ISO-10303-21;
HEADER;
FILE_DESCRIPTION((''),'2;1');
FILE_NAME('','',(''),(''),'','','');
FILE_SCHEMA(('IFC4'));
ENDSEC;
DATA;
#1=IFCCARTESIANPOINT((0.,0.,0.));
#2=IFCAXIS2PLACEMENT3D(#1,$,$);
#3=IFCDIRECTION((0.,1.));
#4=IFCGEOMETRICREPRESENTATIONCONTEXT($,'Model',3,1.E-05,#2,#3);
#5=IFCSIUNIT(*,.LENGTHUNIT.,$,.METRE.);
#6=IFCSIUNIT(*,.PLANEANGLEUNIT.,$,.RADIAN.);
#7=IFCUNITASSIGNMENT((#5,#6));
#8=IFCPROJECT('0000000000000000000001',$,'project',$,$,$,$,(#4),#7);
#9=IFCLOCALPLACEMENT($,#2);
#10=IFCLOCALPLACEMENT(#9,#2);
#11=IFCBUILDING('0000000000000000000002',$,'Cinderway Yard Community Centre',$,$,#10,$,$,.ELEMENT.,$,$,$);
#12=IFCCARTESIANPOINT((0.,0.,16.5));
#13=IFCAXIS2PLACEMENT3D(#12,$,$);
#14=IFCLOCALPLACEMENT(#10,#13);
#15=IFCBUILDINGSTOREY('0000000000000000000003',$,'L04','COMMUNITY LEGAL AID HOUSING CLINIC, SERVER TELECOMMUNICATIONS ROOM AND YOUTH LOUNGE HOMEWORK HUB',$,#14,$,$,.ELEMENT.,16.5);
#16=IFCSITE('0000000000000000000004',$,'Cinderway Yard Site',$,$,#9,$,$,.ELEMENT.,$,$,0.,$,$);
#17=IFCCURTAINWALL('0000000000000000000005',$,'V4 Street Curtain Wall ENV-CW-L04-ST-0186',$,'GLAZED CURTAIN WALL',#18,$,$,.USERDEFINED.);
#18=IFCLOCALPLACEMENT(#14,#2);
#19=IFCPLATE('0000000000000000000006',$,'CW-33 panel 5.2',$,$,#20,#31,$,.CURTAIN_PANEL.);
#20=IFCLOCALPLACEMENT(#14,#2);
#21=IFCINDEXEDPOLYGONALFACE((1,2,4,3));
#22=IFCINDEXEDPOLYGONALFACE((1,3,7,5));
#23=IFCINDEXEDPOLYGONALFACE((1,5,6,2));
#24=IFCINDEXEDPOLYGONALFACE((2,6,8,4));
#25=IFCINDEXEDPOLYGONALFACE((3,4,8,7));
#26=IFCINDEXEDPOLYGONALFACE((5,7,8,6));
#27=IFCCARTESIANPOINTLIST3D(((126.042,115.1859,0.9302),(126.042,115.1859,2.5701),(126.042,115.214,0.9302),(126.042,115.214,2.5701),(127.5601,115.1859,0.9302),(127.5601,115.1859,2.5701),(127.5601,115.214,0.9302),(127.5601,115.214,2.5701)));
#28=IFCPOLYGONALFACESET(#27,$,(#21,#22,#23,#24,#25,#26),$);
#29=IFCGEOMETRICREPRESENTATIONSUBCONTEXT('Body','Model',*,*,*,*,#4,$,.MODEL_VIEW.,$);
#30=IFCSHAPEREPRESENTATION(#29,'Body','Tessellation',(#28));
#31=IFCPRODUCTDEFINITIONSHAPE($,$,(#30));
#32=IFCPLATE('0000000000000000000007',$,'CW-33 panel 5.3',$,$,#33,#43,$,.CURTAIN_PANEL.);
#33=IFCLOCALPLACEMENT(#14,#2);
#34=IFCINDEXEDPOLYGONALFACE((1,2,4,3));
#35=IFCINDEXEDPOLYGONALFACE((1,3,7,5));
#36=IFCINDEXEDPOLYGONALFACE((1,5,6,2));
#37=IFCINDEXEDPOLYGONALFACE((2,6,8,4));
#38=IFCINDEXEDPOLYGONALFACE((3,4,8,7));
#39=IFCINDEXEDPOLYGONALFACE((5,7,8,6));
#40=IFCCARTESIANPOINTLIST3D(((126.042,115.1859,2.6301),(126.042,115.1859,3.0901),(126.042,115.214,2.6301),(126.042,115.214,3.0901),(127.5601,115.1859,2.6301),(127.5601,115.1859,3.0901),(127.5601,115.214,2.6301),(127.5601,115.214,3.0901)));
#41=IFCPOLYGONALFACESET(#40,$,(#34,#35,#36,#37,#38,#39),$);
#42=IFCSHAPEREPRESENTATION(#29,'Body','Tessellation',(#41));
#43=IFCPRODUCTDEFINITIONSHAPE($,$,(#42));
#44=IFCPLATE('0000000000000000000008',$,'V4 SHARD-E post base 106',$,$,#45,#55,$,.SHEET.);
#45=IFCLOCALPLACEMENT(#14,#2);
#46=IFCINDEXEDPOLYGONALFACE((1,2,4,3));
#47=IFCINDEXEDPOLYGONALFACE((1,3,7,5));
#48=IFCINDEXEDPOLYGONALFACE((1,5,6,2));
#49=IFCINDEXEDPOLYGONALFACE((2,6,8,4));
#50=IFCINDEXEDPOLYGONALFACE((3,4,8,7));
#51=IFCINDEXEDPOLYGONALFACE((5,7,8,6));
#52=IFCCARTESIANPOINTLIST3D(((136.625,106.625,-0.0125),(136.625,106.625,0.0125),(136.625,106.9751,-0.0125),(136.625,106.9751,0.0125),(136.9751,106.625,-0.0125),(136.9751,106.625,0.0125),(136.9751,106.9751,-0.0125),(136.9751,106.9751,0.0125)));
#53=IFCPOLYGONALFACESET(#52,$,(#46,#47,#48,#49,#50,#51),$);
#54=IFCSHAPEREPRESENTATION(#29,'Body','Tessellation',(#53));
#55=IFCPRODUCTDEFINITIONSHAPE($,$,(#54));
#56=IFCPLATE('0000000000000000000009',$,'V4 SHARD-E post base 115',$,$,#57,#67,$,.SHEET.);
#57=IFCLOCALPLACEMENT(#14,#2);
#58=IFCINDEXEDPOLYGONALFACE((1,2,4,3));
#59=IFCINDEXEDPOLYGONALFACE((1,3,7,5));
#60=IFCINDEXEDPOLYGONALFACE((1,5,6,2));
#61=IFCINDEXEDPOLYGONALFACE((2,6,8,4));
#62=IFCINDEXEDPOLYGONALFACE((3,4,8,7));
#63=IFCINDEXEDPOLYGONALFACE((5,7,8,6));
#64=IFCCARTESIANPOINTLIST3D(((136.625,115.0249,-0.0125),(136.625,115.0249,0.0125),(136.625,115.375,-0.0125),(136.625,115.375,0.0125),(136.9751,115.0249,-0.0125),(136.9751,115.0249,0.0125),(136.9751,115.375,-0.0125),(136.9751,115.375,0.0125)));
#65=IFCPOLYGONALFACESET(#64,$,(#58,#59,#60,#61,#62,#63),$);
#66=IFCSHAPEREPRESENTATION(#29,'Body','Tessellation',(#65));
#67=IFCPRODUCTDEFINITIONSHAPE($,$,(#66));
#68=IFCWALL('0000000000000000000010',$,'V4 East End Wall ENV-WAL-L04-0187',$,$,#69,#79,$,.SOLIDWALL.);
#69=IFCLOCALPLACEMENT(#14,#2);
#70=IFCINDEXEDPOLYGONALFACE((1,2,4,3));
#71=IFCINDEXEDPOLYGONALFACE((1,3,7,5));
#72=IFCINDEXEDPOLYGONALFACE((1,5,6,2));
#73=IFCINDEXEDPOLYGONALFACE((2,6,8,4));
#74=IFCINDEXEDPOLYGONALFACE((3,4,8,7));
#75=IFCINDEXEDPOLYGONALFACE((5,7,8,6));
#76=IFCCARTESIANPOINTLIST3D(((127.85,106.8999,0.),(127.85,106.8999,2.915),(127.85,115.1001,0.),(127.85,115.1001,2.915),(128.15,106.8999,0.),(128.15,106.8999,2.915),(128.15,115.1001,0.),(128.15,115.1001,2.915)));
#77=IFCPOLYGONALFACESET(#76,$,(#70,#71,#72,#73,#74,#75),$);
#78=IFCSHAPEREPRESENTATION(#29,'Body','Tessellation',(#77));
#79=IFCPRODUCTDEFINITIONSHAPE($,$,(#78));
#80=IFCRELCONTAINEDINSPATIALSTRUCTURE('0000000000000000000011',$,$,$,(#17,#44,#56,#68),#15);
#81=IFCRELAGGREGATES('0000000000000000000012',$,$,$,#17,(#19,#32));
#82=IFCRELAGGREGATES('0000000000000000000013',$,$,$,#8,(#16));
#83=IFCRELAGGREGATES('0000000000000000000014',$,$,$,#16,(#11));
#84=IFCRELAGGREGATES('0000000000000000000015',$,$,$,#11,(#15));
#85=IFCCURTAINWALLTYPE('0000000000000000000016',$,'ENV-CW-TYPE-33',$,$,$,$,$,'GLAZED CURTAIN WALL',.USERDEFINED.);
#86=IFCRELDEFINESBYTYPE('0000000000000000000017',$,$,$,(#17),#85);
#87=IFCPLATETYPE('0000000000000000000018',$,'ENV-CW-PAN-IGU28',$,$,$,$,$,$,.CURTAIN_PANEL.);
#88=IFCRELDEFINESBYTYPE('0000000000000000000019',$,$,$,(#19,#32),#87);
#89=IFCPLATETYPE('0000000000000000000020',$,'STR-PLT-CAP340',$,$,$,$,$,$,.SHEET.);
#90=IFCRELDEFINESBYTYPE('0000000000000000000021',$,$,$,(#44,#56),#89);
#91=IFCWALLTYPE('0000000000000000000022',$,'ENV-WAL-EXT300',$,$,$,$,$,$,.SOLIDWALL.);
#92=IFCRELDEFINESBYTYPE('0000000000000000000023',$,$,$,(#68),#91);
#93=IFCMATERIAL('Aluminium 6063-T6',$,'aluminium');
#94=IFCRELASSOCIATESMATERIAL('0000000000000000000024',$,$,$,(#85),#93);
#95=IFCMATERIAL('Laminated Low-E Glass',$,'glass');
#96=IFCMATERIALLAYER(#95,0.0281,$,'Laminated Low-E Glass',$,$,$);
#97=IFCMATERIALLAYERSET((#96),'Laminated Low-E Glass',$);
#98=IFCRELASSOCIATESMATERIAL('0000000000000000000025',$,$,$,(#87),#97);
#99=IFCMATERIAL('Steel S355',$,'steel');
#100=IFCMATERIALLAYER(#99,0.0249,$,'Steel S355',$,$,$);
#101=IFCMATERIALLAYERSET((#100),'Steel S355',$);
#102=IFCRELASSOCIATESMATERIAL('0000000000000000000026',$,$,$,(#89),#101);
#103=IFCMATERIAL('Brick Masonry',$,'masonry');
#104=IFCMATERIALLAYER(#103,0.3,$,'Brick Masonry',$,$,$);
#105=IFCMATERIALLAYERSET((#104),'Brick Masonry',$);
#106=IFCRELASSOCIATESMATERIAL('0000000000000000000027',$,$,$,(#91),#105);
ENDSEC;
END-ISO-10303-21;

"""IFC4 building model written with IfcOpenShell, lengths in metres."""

from ifc_helpers import new_model, si_unit, direction, frame, frame_2d, origin, origin_2d, place, context, subcontext, project, spatial, rectangle, extrude, material, layer, layer_set, type_object, element, aggregate, save


model = new_model("IFC4")

# Units and contexts
model_context = context("Model", 3, precision=1e-05, world=origin(), true_north=direction((0.0, 1.0)))
body_context = subcontext(model_context, "Body", "Model", "MODEL_VIEW")
ifc_project = project(units=[si_unit("LENGTHUNIT", "METRE"), si_unit("PLANEANGLEUNIT", "RADIAN")], contexts=[model_context])

# Site, building, storey
site_placement = place(None, origin())
site = spatial("IfcSite", under=ifc_project, at=site_placement, Name="Cinderway Yard Site", CompositionType="ELEMENT", RefElevation=0.0)
building_placement = place(site_placement, origin())
building = spatial("IfcBuilding", under=site, at=building_placement, Name="Cinderway Yard Community Centre", CompositionType="ELEMENT")
storey_placement = place(building_placement, frame((0.0, 0.0, 16.5)))
storey = spatial("IfcBuildingStorey", under=building, at=storey_placement, Name="L04", Description="COMMUNITY LEGAL AID HOUSING CLINIC, SERVER TELECOMMUNICATIONS ROOM AND YOUTH LOUNGE HOMEWORK HUB", CompositionType="ELEMENT", Elevation=16.5)

# Shared definitions
ifc_material_1 = material(Name="Steel S355", Category="steel")

# Curtain wall
ifc_material_2 = material(Name="Aluminium 6063-T6", Category="aluminium")
curtain_wall_type = type_object("IfcCurtainWallType", Name="ENV-CW-TYPE-33", ElementType="GLAZED CURTAIN WALL", PredefinedType="USERDEFINED", material=ifc_material_2)
curtain_wall_placement = place(storey_placement, origin())
curtain_wall = element("IfcCurtainWall", 1, at=curtain_wall_placement, inside=storey, type_object=curtain_wall_type, Name="V4 Street Curtain Wall ENV-CW-L04-ST-0186", ObjectType="GLAZED CURTAIN WALL", PredefinedType="USERDEFINED")

# Plates
ifc_material_3 = material(Name="Laminated Low-E Glass", Category="glass")
ifc_layer_1 = layer(ifc_material_3, 0.0281, Name="Laminated Low-E Glass")
ifc_layer_set_1 = layer_set([ifc_layer_1], Name="Laminated Low-E Glass")
plate_type_1 = type_object("IfcPlateType", Name="ENV-CW-PAN-IGU28", PredefinedType="CURTAIN_PANEL", material=ifc_layer_set_1)
plate_1_placement = place(storey_placement, frame((126.801, 115.2, 0.9302), z_axis=(0.0, 0.0, 1.0), x_axis=(1.0, 0.0, 0.0)))
plate_1 = element("IfcPlate", 2, at=plate_1_placement, type_object=plate_type_1, Name="CW-33 panel 5.2", PredefinedType="CURTAIN_PANEL", context=body_context, shape_type="SweptSolid", body=[
    extrude(rectangle(XDim=1.5181, YDim=0.0281, at=origin_2d()), origin(), (0.0, 0.0, 1.0), 1.6399),
])
plate_2_placement = place(storey_placement, frame((126.801, 115.2, 2.6301), z_axis=(0.0, 0.0, 1.0), x_axis=(1.0, 0.0, 0.0)))
plate_2 = element("IfcPlate", 3, at=plate_2_placement, type_object=plate_type_1, Name="CW-33 panel 5.3", PredefinedType="CURTAIN_PANEL", context=body_context, shape_type="SweptSolid", body=[
    extrude(rectangle(XDim=1.5181, YDim=0.0281, at=origin_2d()), origin(), (0.0, 0.0, 1.0), 0.46),
])
aggregate(curtain_wall, [plate_1, plate_2])

# Plates
ifc_layer_2 = layer(ifc_material_1, 0.0249, Name="Steel S355")
ifc_layer_set_2 = layer_set([ifc_layer_2], Name="Steel S355")
plate_type_2 = type_object("IfcPlateType", Name="STR-PLT-CAP340", PredefinedType="SHEET", material=ifc_layer_set_2)
for number, where, z_axis, x_axis, name in (
    (4, (136.8, 106.8, -0.0125), (0.0, 0.0, 1.0), (1.0, 0.0, 0.0), "V4 SHARD-E post base 106"),
    (5, (136.8, 115.2, -0.0125), (0.0, 0.0, 1.0), (1.0, 0.0, 0.0), "V4 SHARD-E post base 115"),
):
    element("IfcPlate", number, at=place(storey_placement, frame(where, z_axis=z_axis, x_axis=x_axis)), inside=storey, type_object=plate_type_2, Name=name, PredefinedType="SHEET", context=body_context, shape_type="SweptSolid", body=[
        extrude(rectangle(XDim=0.3501, YDim=0.3501, at=origin_2d()), origin(), (0.0, 0.0, 1.0), 0.0249),
    ])

# Wall
ifc_material_4 = material(Name="Brick Masonry", Category="masonry")
ifc_layer_3 = layer(ifc_material_4, 0.3, Name="Brick Masonry")
ifc_layer_set_3 = layer_set([ifc_layer_3], Name="Brick Masonry")
wall_type = type_object("IfcWallType", Name="ENV-WAL-EXT300", PredefinedType="SOLIDWALL", material=ifc_layer_set_3)
wall_placement = place(storey_placement, frame((128.0, 106.8999, 0.0), z_axis=(0.0, 0.0, 1.0), x_axis=(0.0, 1.0, 0.0)))
element("IfcWall", 6, at=wall_placement, inside=storey, type_object=wall_type, Name="V4 East End Wall ENV-WAL-L04-0187", PredefinedType="SOLIDWALL", context=body_context, shape_type="SweptSolid", body=[
    extrude(rectangle(XDim=8.2002, YDim=0.3, at=frame_2d((4.1001, 0.0))), origin(), (0.0, 0.0, 1.0), 2.915),
])

save(model, "model.ifc")
